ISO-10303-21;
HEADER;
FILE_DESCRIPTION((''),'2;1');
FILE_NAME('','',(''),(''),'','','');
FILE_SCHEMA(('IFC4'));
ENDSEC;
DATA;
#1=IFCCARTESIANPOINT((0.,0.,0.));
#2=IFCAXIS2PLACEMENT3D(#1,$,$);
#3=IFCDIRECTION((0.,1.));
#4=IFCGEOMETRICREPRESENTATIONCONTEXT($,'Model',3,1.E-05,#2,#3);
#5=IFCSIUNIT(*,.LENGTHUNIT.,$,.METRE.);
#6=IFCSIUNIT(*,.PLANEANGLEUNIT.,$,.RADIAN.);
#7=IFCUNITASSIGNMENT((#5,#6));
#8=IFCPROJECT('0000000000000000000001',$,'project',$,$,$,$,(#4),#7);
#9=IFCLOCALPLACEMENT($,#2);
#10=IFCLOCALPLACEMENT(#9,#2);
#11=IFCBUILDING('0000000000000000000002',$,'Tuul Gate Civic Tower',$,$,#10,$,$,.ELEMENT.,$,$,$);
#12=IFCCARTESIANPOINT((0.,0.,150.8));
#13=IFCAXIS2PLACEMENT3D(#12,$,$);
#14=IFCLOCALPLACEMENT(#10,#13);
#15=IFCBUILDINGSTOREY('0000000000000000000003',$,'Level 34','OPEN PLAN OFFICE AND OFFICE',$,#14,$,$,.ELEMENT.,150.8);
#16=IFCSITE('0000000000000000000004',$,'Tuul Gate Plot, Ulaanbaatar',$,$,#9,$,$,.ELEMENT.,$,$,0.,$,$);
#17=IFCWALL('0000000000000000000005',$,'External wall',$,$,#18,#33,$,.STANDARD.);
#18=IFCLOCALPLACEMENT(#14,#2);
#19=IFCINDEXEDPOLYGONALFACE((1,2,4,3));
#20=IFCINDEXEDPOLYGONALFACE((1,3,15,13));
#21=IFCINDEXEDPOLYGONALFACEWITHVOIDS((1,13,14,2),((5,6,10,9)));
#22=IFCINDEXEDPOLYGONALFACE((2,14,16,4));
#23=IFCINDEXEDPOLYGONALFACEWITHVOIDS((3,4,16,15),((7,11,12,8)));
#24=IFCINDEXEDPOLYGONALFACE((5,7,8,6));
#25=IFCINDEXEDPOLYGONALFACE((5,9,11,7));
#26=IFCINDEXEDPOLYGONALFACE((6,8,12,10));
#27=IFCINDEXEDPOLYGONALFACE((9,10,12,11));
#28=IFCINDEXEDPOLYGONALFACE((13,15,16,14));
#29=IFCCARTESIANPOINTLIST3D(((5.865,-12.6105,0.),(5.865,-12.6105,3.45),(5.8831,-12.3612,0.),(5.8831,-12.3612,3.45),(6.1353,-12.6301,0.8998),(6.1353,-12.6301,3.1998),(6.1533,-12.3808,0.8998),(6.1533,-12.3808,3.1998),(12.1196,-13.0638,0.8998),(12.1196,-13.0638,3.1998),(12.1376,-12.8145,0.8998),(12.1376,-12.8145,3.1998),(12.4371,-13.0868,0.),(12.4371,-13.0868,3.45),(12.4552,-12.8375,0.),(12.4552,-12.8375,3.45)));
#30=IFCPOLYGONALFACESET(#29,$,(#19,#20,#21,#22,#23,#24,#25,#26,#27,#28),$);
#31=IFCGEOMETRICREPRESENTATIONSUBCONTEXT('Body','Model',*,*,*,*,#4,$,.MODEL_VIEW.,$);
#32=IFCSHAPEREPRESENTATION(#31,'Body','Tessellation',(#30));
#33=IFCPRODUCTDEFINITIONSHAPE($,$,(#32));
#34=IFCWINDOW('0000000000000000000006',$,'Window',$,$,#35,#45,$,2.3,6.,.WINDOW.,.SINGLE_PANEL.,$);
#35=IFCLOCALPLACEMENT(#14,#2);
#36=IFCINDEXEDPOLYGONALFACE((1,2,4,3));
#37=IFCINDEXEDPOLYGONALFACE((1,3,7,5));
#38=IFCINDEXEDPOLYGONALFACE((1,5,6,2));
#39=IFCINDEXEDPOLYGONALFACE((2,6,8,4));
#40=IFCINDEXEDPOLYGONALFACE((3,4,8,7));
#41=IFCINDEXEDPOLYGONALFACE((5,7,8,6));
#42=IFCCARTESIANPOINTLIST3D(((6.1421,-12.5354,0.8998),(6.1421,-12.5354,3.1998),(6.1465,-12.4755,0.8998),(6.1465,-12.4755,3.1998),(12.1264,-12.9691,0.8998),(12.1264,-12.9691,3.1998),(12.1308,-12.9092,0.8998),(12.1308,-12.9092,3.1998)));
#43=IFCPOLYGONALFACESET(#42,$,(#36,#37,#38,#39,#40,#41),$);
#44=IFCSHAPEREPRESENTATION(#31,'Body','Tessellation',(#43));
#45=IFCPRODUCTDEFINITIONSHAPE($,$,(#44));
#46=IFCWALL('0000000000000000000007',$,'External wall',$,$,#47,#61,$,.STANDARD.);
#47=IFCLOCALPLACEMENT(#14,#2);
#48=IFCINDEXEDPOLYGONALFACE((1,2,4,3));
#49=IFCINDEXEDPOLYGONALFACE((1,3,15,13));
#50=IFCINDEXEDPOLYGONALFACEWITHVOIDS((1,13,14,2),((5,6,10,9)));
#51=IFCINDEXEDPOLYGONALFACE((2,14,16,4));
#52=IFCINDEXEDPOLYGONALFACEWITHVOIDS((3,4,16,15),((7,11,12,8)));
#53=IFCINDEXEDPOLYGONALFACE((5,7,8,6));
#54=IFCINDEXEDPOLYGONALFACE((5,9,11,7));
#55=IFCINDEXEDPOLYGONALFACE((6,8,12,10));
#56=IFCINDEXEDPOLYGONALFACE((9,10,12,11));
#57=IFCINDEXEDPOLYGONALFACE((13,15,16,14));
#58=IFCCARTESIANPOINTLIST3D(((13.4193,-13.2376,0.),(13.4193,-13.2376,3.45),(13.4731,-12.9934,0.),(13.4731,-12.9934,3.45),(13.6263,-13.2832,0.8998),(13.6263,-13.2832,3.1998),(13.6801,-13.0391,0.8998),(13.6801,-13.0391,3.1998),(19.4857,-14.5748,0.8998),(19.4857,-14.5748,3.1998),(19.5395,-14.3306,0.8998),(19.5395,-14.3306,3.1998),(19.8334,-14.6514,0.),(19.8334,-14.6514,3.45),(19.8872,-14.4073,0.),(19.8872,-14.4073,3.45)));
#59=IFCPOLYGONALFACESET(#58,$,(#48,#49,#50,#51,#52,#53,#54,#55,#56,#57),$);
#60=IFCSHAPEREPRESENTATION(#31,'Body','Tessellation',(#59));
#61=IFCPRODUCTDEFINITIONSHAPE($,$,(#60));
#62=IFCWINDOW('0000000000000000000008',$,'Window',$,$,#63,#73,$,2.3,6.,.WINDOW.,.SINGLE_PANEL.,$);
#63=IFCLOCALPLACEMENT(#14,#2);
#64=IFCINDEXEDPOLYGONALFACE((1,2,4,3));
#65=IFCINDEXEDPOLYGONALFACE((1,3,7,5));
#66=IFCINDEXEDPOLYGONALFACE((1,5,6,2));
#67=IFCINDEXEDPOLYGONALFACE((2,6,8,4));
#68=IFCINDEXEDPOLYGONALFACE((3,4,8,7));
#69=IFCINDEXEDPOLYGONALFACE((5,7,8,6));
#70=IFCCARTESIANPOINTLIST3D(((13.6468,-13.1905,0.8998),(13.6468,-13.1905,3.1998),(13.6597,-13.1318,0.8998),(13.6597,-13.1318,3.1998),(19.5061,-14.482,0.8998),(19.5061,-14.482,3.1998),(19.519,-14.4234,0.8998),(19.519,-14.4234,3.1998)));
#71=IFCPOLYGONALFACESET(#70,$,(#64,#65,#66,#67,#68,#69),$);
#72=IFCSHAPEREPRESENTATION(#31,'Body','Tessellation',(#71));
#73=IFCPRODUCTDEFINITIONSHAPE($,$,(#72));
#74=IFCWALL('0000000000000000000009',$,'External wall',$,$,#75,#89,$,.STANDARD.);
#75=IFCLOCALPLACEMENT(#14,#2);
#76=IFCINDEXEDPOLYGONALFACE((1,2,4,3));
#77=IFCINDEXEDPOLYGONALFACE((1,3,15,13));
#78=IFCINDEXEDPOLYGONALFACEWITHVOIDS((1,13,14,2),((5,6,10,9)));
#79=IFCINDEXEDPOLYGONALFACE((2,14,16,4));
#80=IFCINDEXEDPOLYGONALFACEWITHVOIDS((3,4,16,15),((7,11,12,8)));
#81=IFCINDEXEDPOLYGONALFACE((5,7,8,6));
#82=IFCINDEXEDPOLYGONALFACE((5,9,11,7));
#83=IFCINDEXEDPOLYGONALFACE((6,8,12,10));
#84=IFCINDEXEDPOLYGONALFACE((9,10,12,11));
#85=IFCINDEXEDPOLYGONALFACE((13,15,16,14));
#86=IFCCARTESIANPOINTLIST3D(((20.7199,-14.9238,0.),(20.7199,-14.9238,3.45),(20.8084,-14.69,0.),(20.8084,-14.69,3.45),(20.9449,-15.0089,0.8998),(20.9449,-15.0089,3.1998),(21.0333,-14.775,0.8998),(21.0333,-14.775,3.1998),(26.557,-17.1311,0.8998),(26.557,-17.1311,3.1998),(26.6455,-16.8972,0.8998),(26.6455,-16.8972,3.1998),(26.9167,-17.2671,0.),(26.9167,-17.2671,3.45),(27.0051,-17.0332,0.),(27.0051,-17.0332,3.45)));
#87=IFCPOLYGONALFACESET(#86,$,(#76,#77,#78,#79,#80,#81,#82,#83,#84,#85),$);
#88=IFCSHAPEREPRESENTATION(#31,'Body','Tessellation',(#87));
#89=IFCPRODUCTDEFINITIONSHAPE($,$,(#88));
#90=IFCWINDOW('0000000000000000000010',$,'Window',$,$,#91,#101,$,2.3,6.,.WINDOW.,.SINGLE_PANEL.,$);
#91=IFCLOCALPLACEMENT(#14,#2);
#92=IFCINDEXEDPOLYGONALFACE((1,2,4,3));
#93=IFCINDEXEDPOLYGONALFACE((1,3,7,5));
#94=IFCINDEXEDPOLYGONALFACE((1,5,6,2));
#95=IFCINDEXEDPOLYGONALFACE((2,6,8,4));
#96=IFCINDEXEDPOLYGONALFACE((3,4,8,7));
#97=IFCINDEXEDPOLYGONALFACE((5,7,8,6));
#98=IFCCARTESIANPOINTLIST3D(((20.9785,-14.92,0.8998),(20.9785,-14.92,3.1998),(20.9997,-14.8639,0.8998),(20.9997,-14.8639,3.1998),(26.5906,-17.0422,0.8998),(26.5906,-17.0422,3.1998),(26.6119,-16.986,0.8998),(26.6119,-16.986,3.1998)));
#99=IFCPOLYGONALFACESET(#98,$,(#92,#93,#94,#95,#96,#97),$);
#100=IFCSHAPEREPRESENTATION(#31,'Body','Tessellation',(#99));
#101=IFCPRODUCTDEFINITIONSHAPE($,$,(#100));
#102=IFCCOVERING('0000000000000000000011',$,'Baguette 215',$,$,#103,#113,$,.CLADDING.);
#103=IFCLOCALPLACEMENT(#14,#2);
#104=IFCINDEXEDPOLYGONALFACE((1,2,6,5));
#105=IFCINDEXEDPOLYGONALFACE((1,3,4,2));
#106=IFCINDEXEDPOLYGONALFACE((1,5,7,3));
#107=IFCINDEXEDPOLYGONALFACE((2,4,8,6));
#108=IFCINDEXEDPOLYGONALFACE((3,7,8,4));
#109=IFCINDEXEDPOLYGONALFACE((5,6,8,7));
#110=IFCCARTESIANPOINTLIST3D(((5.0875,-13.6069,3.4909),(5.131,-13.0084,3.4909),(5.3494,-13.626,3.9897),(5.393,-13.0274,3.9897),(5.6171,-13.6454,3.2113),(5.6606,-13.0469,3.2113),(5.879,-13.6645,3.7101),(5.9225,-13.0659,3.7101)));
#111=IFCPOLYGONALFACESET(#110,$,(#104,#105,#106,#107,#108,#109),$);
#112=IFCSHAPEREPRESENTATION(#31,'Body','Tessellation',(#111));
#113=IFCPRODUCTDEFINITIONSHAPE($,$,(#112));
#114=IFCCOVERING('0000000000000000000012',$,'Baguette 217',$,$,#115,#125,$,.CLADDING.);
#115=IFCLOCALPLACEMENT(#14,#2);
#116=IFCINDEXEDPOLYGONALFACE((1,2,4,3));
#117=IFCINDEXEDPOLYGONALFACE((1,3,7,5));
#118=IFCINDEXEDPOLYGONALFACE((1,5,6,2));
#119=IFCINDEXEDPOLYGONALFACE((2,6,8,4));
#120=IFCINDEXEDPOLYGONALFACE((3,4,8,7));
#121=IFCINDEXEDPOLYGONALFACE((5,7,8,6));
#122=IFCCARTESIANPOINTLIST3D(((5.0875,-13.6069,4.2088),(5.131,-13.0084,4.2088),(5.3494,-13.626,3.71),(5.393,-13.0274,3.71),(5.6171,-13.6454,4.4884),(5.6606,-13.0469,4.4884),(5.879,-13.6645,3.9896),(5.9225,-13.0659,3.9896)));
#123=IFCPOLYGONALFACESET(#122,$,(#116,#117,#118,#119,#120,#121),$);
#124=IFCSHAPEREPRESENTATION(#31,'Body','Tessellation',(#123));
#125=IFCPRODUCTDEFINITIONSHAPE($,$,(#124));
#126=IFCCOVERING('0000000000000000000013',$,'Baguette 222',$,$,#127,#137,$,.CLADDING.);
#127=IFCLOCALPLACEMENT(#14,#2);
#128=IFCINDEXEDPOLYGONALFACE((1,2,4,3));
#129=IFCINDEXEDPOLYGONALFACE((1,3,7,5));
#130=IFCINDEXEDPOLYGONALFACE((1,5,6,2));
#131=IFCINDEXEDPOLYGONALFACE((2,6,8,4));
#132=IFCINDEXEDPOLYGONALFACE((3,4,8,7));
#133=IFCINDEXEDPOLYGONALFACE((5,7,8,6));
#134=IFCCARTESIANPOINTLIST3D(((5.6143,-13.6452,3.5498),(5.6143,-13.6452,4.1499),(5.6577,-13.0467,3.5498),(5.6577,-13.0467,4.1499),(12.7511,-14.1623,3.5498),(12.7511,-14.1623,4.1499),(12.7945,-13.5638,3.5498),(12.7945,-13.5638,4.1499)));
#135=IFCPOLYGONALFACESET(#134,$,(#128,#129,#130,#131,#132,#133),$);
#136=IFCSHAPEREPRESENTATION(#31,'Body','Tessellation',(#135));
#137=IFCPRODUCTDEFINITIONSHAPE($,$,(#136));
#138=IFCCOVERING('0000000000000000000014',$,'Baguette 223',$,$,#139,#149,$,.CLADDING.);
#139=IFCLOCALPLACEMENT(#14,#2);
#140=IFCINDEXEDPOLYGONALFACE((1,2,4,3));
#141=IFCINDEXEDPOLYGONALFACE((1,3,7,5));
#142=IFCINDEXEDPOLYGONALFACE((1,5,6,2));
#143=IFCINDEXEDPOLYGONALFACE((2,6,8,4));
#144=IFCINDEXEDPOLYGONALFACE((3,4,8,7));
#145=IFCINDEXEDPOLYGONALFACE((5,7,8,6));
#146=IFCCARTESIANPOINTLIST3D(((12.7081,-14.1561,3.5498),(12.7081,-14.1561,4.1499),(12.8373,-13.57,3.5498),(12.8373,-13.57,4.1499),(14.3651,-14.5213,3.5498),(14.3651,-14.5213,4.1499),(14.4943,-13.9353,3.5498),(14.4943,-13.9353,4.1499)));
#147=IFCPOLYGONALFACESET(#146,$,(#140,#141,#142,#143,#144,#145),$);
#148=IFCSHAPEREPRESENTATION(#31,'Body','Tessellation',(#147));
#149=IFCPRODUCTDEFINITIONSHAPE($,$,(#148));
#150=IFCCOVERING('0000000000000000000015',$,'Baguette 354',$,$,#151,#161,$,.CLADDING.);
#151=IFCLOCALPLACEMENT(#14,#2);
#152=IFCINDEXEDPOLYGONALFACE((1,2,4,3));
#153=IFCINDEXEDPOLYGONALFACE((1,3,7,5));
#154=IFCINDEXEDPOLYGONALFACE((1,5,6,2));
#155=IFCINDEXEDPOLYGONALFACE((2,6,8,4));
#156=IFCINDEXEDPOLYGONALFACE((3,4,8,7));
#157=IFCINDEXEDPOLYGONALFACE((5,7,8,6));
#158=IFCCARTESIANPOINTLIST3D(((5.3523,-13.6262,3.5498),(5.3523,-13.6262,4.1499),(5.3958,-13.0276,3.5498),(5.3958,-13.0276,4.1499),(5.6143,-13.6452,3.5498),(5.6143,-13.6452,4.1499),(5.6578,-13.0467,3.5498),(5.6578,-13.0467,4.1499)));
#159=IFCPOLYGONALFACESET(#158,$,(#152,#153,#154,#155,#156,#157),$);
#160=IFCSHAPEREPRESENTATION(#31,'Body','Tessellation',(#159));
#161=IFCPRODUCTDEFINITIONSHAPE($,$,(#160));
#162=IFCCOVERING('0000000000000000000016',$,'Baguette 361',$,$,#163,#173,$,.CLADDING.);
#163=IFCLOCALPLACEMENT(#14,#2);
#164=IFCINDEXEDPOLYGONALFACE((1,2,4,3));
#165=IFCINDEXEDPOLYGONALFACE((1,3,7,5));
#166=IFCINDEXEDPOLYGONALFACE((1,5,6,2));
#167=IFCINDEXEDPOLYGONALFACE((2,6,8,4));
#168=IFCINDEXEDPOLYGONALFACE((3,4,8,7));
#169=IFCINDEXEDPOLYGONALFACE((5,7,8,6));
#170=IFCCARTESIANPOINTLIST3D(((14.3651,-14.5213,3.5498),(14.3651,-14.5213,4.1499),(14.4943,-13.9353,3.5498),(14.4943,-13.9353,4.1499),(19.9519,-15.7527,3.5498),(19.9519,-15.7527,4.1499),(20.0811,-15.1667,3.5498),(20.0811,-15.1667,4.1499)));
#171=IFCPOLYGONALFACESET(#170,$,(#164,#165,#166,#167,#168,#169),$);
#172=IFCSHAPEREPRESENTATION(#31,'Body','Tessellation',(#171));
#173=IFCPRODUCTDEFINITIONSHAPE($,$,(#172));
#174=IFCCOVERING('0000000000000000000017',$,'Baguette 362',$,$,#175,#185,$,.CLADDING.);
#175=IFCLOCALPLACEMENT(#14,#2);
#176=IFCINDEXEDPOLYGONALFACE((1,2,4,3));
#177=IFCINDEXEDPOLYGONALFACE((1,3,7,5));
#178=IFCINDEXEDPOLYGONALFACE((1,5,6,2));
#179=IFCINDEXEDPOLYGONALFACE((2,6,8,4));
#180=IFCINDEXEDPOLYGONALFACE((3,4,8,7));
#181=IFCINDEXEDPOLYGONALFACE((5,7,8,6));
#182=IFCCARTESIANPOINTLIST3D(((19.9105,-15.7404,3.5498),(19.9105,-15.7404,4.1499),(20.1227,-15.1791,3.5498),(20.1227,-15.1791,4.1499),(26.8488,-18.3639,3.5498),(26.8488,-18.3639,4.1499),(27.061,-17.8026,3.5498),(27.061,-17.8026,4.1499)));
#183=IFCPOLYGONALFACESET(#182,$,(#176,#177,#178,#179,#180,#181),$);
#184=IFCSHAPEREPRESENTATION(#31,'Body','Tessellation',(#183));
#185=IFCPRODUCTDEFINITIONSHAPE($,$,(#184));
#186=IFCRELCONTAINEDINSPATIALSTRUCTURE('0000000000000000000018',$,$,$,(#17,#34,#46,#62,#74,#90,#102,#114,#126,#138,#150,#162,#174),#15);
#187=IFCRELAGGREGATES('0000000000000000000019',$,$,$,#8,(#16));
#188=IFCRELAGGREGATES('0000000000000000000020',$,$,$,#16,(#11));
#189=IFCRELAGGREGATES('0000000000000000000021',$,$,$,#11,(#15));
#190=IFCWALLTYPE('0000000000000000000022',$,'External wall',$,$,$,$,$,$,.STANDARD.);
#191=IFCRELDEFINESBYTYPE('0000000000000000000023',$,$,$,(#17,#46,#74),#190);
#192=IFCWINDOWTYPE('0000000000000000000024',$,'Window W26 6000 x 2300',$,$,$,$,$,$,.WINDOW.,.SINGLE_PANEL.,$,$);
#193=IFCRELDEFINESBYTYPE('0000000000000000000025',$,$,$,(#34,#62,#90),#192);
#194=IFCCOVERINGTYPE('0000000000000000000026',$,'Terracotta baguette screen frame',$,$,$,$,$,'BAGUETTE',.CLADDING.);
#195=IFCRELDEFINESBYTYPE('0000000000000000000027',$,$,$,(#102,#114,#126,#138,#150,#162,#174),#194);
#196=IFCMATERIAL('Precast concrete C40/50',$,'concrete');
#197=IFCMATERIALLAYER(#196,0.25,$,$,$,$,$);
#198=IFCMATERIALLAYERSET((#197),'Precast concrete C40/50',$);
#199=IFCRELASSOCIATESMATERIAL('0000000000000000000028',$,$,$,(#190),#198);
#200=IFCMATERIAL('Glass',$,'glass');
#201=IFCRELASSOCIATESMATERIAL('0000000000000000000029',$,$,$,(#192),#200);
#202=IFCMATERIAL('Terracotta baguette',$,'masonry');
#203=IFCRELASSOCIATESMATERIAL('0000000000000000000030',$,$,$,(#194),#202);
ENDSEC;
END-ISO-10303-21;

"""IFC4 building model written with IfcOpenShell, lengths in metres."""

from ifc_helpers import new_model, si_unit, direction, frame, frame_2d, origin, origin_2d, place, context, subcontext, project, spatial, rectangle, extrude, material, layer, layer_set, material_profile, profile_set, type_object, element, fill, save


model = new_model("IFC4")

# Units and contexts
model_context = context("Model", 3, precision=1e-05, world=origin(), true_north=direction((0.0, 1.0)))
body_context = subcontext(model_context, "Body", "Model", "MODEL_VIEW")
ifc_project = project(units=[si_unit("LENGTHUNIT", "METRE"), si_unit("PLANEANGLEUNIT", "RADIAN")], contexts=[model_context])

# Site, building, storey
site_placement = place(None, origin())
site = spatial("IfcSite", under=ifc_project, at=site_placement, Name="Tuul Gate Plot, Ulaanbaatar", CompositionType="ELEMENT", RefElevation=0.0)
building_placement = place(site_placement, origin())
building = spatial("IfcBuilding", under=site, at=building_placement, Name="Tuul Gate Civic Tower", CompositionType="ELEMENT")
storey_placement = place(building_placement, frame((0.0, 0.0, 150.8)))
storey = spatial("IfcBuildingStorey", under=building, at=storey_placement, Name="Level 34", Description="OPEN PLAN OFFICE AND OFFICE", CompositionType="ELEMENT", Elevation=150.8)

# Walls, openings, windows
ifc_material_1 = material(Name="Precast concrete C40/50", Category="concrete")
ifc_layer = layer(ifc_material_1, 0.25)
ifc_layer_set = layer_set([ifc_layer], Name="Precast concrete C40/50")
wall_type = type_object("IfcWallType", Name="External wall", PredefinedType="STANDARD", material=ifc_layer_set)
wall_1_placement = place(storey_placement, frame((5.874, -12.4858, 0.0), z_axis=(0.0, 0.0, 1.0), x_axis=(0.997384, -0.072287, 0.0)))
wall_1 = element("IfcWall", 1, at=wall_1_placement, inside=storey, type_object=wall_type, Name="External wall", PredefinedType="STANDARD", context=body_context, shape_type="SweptSolid", body=[
    extrude(rectangle(XDim=6.5894, YDim=0.25, at=frame_2d((3.2947, 0.0))), origin(), (0.0, 0.0, 1.0), 3.45),
])
opening_1_placement = place(wall_1_placement, frame((0.271, 0.0, 0.8999)))
opening_1 = element("IfcOpeningElement", 2, at=opening_1_placement, cuts=wall_1, PredefinedType="OPENING", context=body_context, shape_type="SweptSolid", body=[
    extrude(rectangle(XDim=6.0, YDim=2.3, at=frame_2d((3.0, 1.1499))), frame((0.0, 0.135, 0.0), z_axis=(0.0, -1.0, 0.0), x_axis=(1.0, 0.0, 0.0)), (0.0, 0.0, 1.0), 0.27),
])
ifc_material_2 = material(Name="Glass", Category="glass")
window_type = type_object("IfcWindowType", Name="Window W26 6000 x 2300", PartitioningType="SINGLE_PANEL", PredefinedType="WINDOW", material=ifc_material_2)
window_1_placement = place(opening_1_placement, origin())
window_1 = element("IfcWindow", 3, at=window_1_placement, inside=storey, type_object=window_type, Name="Window", OverallHeight=2.3, OverallWidth=6.0, PartitioningType="SINGLE_PANEL", PredefinedType="WINDOW", context=body_context, shape_type="SweptSolid", body=[
    extrude(rectangle(XDim=6.0, YDim=2.3, at=frame_2d((3.0, 1.1499))), frame((0.0, 0.03, 0.0), z_axis=(0.0, -1.0, 0.0), x_axis=(1.0, 0.0, 0.0)), (0.0, 0.0, 1.0), 0.0601),
])
fill(opening_1, window_1)
wall_2_placement = place(storey_placement, frame((13.446, -13.1155, 0.0), z_axis=(0.0, 0.0, 1.0), x_axis=(0.976557, -0.215257, 0.0)))
wall_2 = element("IfcWall", 4, at=wall_2_placement, inside=storey, type_object=wall_type, Name="External wall", PredefinedType="STANDARD", context=body_context, shape_type="SweptSolid", body=[
    extrude(rectangle(XDim=6.5681, YDim=0.25, at=frame_2d((3.2842, 0.0))), origin(), (0.0, 0.0, 1.0), 3.45),
])
opening_2_placement = place(wall_2_placement, frame((0.2122, 0.0, 0.8999)))
opening_2 = element("IfcOpeningElement", 5, at=opening_2_placement, cuts=wall_2, PredefinedType="OPENING", context=body_context, shape_type="SweptSolid", body=[
    extrude(rectangle(XDim=6.0, YDim=2.3, at=frame_2d((3.0, 1.1499))), frame((0.0, 0.135, 0.0), z_axis=(0.0, -1.0, 0.0), x_axis=(1.0, 0.0, 0.0)), (0.0, 0.0, 1.0), 0.27),
])
window_2_placement = place(opening_2_placement, origin())
window_2 = element("IfcWindow", 6, at=window_2_placement, inside=storey, type_object=window_type, Name="Window", OverallHeight=2.3, OverallWidth=6.0, PartitioningType="SINGLE_PANEL", PredefinedType="WINDOW", context=body_context, shape_type="SweptSolid", body=[
    extrude(rectangle(XDim=6.0, YDim=2.3, at=frame_2d((3.0, 1.1499))), frame((0.0, 0.03, 0.0), z_axis=(0.0, -1.0, 0.0), x_axis=(1.0, 0.0, 0.0)), (0.0, 0.0, 1.0), 0.0601),
])
fill(opening_2, window_2)
wall_3_placement = place(storey_placement, frame((20.7642, -14.8069, 0.0), z_axis=(0.0, 0.0, 1.0), x_axis=(0.935359, -0.353699, 0.0)))
wall_3 = element("IfcWall", 7, at=wall_3_placement, inside=storey, type_object=wall_type, Name="External wall", PredefinedType="STANDARD", context=body_context, shape_type="SweptSolid", body=[
    extrude(rectangle(XDim=6.625, YDim=0.25, at=frame_2d((3.3125, 0.0))), origin(), (0.0, 0.0, 1.0), 3.45),
])
opening_3_placement = place(wall_3_placement, frame((0.2405, 0.0, 0.8999)))
opening_3 = element("IfcOpeningElement", 8, at=opening_3_placement, cuts=wall_3, PredefinedType="OPENING", context=body_context, shape_type="SweptSolid", body=[
    extrude(rectangle(XDim=6.0, YDim=2.3, at=frame_2d((3.0, 1.1499))), frame((0.0, 0.135, 0.0), z_axis=(0.0, -1.0, 0.0), x_axis=(1.0, 0.0, 0.0)), (0.0, 0.0, 1.0), 0.27),
])
window_3_placement = place(opening_3_placement, origin())
window_3 = element("IfcWindow", 9, at=window_3_placement, inside=storey, type_object=window_type, Name="Window", OverallHeight=2.3, OverallWidth=6.0, PartitioningType="SINGLE_PANEL", PredefinedType="WINDOW", context=body_context, shape_type="SweptSolid", body=[
    extrude(rectangle(XDim=6.0, YDim=2.3, at=frame_2d((3.0, 1.1499))), frame((0.0, 0.03, 0.0), z_axis=(0.0, -1.0, 0.0), x_axis=(1.0, 0.0, 0.0)), (0.0, 0.0, 1.0), 0.0601),
])
fill(opening_3, window_3)

# Coverings
ifc_material_3 = material(Name="Terracotta baguette", Category="masonry")
ifc_material_profile_1 = material_profile(ifc_material_3, rectangle(XDim=0.6001, YDim=0.6001, at=origin_2d()), Name="Terracotta baguette screen frame")
ifc_profile_set_1 = profile_set([ifc_material_profile_1], Name="Terracotta baguette")
covering_type = type_object("IfcCoveringType", Name="Terracotta baguette screen frame", ElementType="BAGUETTE", PredefinedType="CLADDING", material=ifc_profile_set_1)
for number, where, z_axis, x_axis, name in (
    (10, (5.374, -13.3269, 3.3511), (0.464713, -0.033782, 0.884817), (0.072502, 0.997368, 0.0), "Baguette 215"),
    (11, (5.374, -13.3269, 4.3486), (0.464713, -0.033782, -0.884817), (0.072502, 0.997368, 0.0), "Baguette 217"),
):
    element("IfcCovering", number, at=place(storey_placement, frame(where, z_axis=z_axis, x_axis=x_axis)), inside=storey, type_object=covering_type, Name=name, PredefinedType="CLADDING", context=body_context, shape_type="SweptSolid", body=[
        extrude(rectangle(XDim=0.6001, YDim=0.6001, at=origin_2d()), origin(), (0.0, 0.0, 1.0), 0.5637),
    ])
covering_1_placement = place(storey_placement, frame((5.636, -13.3459, 3.8499), z_axis=(0.997385, -0.072265, 0.0), x_axis=(0.072265, 0.997385, 0.0)))
element("IfcCovering", 12, at=covering_1_placement, inside=storey, type_object=covering_type, Name="Baguette 222", PredefinedType="CLADDING", context=body_context, shape_type="SweptSolid", body=[
    extrude(rectangle(XDim=0.6001, YDim=0.6001, at=origin_2d()), origin(), (0.0, 0.0, 1.0), 7.1555),
])
covering_2_placement = place(storey_placement, frame((12.7727, -13.863, 3.8499), z_axis=(0.976558, -0.215254, 0.0), x_axis=(0.215254, 0.976558, 0.0)))
element("IfcCovering", 13, at=covering_2_placement, inside=storey, type_object=covering_type, Name="Baguette 223", PredefinedType="CLADDING", context=body_context, shape_type="SweptSolid", body=[
    extrude(rectangle(XDim=0.6001, YDim=0.6001, at=origin_2d()), origin(), (0.0, 0.0, 1.0), 1.6968),
])
covering_3_placement = place(storey_placement, frame((5.374, -13.3269, 3.8499), z_axis=(0.997368, -0.072502, 0.0), x_axis=(0.072502, 0.997368, 0.0)))
element("IfcCovering", 14, at=covering_3_placement, inside=storey, type_object=covering_type, Name="Baguette 354", PredefinedType="CLADDING", context=body_context, shape_type="SweptSolid", body=[
    extrude(rectangle(XDim=0.6001, YDim=0.6001, at=origin_2d()), origin(), (0.0, 0.0, 1.0), 0.2627),
])
covering_4_placement = place(storey_placement, frame((14.4297, -14.2283, 3.8499), z_axis=(0.976559, -0.215249, 0.0), x_axis=(0.215249, 0.976559, 0.0)))
element("IfcCovering", 15, at=covering_4_placement, inside=storey, type_object=covering_type, Name="Baguette 361", PredefinedType="CLADDING", context=body_context, shape_type="SweptSolid", body=[
    extrude(rectangle(XDim=0.6001, YDim=0.6001, at=origin_2d()), origin(), (0.0, 0.0, 1.0), 5.7209),
])
covering_5_placement = place(storey_placement, frame((20.0166, -15.4597, 3.8499), z_axis=(0.935364, -0.353687, 0.0), x_axis=(0.353687, 0.935364, 0.0)))
element("IfcCovering", 16, at=covering_5_placement, inside=storey, type_object=covering_type, Name="Baguette 362", PredefinedType="CLADDING", context=body_context, shape_type="SweptSolid", body=[
    extrude(rectangle(XDim=0.6001, YDim=0.6001, at=origin_2d()), origin(), (0.0, 0.0, 1.0), 7.4177),
])

save(model, "model.ifc")
